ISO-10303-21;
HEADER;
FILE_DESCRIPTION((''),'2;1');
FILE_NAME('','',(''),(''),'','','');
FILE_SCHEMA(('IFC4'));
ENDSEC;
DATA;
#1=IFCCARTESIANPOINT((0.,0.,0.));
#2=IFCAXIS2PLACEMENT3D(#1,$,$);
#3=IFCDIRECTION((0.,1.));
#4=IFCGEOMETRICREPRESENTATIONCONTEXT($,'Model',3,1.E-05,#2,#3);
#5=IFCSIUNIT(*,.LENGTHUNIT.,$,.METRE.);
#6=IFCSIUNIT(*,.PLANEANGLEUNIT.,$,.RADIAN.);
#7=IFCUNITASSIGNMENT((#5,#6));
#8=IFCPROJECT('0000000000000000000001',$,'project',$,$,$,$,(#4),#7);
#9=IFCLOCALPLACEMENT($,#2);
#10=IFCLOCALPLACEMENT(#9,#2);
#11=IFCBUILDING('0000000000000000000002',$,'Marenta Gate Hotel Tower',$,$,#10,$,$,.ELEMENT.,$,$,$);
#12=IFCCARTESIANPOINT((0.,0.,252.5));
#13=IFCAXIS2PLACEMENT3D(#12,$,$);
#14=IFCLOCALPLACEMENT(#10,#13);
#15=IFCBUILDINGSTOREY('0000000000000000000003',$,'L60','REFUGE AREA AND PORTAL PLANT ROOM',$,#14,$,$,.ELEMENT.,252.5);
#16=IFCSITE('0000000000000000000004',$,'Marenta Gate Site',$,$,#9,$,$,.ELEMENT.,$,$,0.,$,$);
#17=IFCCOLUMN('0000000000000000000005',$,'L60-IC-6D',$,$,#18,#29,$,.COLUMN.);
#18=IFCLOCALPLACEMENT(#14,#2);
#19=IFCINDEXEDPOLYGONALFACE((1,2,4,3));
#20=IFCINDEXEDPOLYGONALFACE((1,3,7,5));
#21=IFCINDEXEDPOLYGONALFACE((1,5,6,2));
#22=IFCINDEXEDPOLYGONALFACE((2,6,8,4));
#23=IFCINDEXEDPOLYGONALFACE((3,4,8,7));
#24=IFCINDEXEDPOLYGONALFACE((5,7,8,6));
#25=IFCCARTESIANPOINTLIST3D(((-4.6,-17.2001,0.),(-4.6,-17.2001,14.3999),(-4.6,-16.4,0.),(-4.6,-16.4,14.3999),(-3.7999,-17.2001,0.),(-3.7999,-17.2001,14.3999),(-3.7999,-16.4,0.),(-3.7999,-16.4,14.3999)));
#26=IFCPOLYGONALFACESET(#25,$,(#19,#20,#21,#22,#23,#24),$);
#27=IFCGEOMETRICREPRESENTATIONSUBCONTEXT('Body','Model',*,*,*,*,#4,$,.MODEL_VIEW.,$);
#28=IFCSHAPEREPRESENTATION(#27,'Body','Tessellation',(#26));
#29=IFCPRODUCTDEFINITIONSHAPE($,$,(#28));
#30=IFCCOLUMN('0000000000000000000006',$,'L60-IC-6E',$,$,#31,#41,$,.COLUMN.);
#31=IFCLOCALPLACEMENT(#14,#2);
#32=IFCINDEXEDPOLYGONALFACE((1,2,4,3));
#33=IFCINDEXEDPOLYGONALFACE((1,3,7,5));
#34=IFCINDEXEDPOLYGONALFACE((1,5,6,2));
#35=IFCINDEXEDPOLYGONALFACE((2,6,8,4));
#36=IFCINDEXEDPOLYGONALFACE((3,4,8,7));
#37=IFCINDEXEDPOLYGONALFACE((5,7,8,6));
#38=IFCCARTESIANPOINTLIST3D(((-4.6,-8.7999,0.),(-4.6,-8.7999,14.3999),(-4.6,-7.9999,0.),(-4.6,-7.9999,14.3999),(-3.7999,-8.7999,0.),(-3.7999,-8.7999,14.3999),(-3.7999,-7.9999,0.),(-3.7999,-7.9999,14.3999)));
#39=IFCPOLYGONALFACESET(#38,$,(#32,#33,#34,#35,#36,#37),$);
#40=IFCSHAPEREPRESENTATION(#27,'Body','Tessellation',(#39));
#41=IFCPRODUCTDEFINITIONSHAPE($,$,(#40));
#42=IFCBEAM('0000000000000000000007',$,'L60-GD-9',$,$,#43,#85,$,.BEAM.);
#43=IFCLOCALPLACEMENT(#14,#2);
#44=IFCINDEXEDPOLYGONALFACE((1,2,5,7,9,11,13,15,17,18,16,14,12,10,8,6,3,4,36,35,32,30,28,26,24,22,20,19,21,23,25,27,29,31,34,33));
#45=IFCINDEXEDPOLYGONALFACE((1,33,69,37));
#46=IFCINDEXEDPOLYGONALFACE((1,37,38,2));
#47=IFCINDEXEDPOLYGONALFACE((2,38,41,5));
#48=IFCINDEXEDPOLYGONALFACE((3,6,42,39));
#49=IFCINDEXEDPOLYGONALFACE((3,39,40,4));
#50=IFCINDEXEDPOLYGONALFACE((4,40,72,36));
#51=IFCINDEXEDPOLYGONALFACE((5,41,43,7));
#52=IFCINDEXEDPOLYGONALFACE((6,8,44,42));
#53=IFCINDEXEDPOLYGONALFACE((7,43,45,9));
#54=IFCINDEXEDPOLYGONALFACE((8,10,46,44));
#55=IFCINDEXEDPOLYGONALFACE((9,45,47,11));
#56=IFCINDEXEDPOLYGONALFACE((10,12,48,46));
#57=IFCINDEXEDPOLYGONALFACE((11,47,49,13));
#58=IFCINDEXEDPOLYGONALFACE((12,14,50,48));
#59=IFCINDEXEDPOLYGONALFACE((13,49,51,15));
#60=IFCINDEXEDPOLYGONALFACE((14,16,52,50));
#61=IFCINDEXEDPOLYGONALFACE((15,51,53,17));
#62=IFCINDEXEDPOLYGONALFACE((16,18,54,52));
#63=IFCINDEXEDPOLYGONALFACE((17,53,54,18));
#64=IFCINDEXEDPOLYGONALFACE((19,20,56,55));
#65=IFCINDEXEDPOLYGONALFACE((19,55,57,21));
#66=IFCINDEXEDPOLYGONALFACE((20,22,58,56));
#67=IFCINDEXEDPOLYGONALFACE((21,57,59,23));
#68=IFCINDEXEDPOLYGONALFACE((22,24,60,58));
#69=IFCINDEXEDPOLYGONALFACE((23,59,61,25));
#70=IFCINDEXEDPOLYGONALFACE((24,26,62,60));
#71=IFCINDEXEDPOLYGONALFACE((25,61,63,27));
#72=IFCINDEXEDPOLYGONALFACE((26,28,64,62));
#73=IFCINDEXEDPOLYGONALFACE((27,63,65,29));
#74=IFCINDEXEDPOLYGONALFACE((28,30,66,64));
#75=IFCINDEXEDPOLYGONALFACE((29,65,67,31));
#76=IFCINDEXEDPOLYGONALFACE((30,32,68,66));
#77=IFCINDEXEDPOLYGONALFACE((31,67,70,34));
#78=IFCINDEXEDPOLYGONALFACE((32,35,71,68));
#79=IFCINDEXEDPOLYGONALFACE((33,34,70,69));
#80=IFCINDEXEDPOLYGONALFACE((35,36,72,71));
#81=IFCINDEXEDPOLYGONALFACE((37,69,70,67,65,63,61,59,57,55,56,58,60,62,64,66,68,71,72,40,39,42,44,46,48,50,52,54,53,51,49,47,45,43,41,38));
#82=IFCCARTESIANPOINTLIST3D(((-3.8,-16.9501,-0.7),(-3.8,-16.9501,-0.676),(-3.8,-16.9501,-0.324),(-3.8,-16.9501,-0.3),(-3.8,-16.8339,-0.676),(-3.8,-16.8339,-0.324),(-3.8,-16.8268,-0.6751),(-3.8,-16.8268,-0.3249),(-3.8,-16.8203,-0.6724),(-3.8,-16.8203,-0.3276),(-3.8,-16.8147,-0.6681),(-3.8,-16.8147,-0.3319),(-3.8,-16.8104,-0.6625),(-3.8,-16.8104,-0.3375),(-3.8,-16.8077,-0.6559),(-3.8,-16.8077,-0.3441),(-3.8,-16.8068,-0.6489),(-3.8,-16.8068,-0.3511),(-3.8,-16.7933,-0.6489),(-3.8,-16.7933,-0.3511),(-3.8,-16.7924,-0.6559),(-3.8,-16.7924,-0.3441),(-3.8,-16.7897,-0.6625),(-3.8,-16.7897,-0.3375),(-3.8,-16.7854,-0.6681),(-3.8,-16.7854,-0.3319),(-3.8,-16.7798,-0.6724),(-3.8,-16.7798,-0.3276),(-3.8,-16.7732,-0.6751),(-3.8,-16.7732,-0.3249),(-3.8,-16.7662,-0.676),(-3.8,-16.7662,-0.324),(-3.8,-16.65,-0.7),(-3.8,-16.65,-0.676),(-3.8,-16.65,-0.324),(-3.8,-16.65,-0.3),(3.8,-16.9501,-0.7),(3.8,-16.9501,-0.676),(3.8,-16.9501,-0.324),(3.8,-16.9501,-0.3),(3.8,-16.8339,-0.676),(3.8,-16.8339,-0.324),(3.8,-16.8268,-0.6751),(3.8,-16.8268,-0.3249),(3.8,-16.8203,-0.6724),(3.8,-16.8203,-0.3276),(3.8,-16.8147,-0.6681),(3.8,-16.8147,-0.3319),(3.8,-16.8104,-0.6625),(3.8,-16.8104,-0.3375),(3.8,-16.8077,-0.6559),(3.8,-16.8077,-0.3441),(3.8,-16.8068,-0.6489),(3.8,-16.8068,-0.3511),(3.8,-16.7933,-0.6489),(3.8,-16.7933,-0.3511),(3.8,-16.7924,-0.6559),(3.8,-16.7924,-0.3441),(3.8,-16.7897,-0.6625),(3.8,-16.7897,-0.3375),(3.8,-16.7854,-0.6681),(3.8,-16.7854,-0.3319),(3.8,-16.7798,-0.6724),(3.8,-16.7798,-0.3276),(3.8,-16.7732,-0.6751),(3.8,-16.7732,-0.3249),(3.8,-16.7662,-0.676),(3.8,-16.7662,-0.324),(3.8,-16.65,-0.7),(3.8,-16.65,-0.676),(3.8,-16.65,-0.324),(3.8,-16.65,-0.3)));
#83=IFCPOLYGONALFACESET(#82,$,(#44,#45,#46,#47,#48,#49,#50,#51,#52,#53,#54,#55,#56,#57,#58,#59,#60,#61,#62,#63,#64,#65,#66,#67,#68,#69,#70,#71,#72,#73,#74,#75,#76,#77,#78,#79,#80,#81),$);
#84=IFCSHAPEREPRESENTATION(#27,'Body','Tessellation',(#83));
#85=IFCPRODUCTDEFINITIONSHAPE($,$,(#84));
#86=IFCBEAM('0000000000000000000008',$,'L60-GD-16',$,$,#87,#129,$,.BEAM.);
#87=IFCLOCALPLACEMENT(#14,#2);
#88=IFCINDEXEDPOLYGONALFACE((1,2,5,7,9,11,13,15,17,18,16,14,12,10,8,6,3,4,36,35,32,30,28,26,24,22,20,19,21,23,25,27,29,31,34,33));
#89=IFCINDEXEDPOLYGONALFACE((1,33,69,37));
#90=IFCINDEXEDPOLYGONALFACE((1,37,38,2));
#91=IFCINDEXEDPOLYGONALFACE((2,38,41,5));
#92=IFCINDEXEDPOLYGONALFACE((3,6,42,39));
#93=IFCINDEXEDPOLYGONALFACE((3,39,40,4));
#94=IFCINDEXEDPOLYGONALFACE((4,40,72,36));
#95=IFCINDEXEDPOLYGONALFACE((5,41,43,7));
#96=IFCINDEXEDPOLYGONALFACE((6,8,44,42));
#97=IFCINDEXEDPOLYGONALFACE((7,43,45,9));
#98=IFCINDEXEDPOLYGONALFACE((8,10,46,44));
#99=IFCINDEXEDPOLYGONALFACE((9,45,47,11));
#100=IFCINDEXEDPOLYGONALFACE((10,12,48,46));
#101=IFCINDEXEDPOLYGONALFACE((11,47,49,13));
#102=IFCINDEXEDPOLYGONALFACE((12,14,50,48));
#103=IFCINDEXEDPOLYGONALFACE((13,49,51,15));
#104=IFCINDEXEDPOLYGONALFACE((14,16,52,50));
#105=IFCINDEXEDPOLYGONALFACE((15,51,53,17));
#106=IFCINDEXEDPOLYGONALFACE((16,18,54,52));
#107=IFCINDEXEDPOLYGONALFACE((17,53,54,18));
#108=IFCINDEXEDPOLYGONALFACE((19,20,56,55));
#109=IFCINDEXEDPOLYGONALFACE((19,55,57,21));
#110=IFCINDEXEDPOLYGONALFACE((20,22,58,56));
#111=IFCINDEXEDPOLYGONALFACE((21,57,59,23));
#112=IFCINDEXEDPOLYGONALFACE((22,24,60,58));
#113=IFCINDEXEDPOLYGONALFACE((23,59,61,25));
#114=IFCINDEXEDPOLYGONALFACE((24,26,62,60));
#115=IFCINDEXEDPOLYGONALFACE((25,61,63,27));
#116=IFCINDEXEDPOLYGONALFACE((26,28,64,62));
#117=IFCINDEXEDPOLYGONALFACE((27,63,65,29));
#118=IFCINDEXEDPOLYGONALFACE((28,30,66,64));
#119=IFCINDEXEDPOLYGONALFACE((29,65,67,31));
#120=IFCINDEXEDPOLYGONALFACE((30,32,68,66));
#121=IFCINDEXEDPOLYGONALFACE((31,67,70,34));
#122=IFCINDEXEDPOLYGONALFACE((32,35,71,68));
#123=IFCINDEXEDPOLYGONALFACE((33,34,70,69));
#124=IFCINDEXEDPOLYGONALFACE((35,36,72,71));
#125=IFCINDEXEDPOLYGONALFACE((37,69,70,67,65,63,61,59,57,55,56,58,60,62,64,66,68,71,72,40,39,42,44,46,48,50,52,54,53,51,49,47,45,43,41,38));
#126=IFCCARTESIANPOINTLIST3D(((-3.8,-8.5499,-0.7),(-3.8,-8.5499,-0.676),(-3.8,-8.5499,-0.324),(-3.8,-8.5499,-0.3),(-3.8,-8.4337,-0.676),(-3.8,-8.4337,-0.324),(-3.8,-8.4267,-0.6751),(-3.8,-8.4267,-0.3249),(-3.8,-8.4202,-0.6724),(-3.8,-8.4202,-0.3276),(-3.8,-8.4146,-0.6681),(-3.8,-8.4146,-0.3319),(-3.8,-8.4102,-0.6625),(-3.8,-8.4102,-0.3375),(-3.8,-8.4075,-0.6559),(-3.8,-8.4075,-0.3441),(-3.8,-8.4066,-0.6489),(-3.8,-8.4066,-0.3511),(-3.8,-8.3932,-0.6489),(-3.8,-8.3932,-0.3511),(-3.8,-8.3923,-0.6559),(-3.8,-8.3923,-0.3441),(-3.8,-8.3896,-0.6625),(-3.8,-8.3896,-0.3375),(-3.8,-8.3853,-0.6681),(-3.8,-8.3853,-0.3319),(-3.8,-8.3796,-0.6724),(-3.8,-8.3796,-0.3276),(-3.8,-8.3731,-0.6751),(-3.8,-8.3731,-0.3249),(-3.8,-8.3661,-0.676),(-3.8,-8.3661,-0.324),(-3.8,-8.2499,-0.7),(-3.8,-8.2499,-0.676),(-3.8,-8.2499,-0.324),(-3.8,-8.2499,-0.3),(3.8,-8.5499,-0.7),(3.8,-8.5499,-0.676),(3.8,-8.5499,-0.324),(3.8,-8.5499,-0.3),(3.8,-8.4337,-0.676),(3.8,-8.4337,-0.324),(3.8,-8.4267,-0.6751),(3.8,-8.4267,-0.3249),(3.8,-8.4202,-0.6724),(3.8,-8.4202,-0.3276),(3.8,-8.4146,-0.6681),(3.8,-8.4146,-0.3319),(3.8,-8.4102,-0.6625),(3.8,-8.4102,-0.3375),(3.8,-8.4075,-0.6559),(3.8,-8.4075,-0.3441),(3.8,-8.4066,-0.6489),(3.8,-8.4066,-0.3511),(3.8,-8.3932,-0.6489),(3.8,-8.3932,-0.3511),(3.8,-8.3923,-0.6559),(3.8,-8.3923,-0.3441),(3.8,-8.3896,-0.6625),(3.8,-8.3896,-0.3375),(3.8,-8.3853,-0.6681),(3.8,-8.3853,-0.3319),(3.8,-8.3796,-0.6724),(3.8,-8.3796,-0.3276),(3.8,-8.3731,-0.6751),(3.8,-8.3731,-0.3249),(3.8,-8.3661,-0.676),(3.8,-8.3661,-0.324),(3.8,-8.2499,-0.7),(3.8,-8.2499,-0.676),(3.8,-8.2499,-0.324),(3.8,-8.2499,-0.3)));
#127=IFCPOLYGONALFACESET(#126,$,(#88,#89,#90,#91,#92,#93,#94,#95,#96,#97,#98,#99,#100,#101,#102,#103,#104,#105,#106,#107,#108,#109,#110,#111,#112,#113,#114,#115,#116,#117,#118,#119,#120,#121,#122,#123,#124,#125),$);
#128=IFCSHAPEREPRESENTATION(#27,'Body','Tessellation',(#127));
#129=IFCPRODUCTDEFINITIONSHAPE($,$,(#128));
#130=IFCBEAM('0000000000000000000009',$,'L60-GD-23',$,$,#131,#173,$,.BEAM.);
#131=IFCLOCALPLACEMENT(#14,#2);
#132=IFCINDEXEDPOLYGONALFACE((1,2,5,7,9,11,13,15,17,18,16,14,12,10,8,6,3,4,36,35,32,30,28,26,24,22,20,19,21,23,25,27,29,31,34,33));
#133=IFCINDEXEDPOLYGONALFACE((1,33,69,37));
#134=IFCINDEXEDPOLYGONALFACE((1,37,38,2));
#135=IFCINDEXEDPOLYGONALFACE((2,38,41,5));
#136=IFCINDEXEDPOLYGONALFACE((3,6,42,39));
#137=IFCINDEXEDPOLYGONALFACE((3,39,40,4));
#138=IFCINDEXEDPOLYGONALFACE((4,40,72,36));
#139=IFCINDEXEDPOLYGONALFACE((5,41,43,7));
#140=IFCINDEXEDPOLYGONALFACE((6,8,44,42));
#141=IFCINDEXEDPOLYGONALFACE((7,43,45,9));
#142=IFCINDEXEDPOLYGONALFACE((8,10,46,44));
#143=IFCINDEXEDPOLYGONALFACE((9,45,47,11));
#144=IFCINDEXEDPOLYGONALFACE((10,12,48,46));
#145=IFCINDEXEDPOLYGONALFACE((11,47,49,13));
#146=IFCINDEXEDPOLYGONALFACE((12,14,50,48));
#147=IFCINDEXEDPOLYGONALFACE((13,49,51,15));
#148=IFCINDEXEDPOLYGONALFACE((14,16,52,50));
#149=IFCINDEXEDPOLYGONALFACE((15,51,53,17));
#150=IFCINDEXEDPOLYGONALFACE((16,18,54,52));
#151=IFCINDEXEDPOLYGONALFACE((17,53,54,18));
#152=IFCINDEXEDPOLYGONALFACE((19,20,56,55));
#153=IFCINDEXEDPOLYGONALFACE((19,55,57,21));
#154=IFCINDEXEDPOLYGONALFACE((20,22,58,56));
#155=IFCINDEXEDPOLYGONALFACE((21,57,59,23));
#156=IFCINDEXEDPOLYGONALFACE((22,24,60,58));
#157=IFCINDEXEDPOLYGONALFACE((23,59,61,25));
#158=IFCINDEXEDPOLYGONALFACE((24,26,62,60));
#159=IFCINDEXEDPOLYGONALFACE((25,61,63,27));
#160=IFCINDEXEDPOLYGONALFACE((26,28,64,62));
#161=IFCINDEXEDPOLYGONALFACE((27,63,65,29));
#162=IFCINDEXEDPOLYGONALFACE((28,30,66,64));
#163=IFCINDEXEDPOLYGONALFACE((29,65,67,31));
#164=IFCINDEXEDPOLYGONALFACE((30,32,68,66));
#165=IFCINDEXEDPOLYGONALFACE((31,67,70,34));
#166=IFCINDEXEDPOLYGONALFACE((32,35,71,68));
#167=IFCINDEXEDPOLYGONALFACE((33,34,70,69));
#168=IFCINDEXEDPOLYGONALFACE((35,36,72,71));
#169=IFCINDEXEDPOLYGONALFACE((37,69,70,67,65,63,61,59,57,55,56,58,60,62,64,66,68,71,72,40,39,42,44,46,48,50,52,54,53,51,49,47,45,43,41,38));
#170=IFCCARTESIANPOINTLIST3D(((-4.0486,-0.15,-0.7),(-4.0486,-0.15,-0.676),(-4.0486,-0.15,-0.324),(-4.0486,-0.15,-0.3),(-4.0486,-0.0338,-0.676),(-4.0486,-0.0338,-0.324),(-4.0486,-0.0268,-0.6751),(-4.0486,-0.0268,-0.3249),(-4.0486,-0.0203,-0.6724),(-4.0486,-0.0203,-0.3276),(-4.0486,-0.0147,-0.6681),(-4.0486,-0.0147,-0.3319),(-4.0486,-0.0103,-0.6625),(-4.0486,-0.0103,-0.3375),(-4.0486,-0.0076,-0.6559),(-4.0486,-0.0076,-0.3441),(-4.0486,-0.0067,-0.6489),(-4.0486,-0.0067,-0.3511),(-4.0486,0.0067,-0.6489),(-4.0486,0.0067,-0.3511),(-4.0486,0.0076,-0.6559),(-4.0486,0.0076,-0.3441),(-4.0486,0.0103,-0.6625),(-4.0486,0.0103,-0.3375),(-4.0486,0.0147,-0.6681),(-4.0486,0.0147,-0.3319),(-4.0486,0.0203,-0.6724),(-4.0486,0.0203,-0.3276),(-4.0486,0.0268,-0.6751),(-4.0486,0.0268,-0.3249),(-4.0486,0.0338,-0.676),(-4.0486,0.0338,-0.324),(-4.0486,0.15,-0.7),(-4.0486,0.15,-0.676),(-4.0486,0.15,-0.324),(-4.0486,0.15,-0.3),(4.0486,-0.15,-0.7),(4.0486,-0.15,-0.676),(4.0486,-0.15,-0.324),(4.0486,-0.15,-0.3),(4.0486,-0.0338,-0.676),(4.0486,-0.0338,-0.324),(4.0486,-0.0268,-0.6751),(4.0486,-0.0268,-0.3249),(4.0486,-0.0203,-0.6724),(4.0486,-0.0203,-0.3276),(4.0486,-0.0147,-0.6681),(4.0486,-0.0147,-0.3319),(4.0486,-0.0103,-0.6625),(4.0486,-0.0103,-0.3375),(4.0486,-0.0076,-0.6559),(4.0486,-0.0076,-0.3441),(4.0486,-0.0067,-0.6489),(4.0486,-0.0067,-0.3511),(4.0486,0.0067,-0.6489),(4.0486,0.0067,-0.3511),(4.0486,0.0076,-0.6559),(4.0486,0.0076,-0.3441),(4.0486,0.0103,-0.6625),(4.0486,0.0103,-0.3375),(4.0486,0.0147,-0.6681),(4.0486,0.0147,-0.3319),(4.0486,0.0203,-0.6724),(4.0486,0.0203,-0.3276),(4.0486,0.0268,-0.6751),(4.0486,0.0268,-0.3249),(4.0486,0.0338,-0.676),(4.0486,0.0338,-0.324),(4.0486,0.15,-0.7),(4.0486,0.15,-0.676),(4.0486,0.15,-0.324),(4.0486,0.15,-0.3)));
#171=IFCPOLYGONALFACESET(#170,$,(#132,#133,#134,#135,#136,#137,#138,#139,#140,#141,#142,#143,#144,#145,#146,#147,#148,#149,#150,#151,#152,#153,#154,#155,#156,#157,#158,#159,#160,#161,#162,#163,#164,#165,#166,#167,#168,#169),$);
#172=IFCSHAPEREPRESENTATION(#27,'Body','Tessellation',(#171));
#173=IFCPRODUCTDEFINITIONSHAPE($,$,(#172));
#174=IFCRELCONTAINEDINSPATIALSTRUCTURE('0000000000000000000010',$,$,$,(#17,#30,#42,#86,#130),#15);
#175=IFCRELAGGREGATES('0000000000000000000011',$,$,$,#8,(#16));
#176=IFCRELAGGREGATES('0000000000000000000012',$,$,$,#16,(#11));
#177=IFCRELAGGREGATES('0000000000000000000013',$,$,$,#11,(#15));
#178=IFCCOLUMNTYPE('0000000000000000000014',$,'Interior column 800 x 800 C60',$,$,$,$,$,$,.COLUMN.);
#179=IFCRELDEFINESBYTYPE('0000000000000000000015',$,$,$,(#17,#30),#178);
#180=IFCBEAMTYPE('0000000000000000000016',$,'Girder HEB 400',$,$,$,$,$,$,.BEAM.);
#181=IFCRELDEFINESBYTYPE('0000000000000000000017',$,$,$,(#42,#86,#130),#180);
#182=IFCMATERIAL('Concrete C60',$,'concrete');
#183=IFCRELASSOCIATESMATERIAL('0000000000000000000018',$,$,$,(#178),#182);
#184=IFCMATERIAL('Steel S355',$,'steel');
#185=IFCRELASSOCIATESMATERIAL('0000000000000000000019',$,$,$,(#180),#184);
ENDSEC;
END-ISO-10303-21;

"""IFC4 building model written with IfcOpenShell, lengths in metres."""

from ifc_helpers import new_model, si_unit, direction, frame, origin, origin_2d, place, context, subcontext, project, spatial, rectangle, i_section, extrude, material, material_profile, profile_set, type_object, element, save


model = new_model("IFC4")

# Units and contexts
model_context = context("Model", 3, precision=1e-05, world=origin(), true_north=direction((0.0, 1.0)))
body_context = subcontext(model_context, "Body", "Model", "MODEL_VIEW")
ifc_project = project(units=[si_unit("LENGTHUNIT", "METRE"), si_unit("PLANEANGLEUNIT", "RADIAN")], contexts=[model_context])

# Site, building, storey
site_placement = place(None, origin())
site = spatial("IfcSite", under=ifc_project, at=site_placement, Name="Marenta Gate Site", CompositionType="ELEMENT", RefElevation=0.0)
building_placement = place(site_placement, origin())
building = spatial("IfcBuilding", under=site, at=building_placement, Name="Marenta Gate Hotel Tower", CompositionType="ELEMENT")
storey_placement = place(building_placement, frame((0.0, 0.0, 252.5)))
storey = spatial("IfcBuildingStorey", under=building, at=storey_placement, Name="L60", Description="REFUGE AREA AND PORTAL PLANT ROOM", CompositionType="ELEMENT", Elevation=252.5)

# Columns
ifc_material_1 = material(Name="Concrete C60", Category="concrete")
ifc_material_profile_1 = material_profile(ifc_material_1, rectangle(XDim=0.8, YDim=0.8, at=origin_2d()), Name="800 x 800")
ifc_profile_set_1 = profile_set([ifc_material_profile_1], Name="Concrete C60")
column_type = type_object("IfcColumnType", Name="Interior column 800 x 800 C60", PredefinedType="COLUMN", material=ifc_profile_set_1)
for number, where, z_axis, x_axis, name in (
    (1, (-4.2, -16.8, 0.0), (0.0, 0.0, 1.0), (1.0, 0.0, 0.0), "L60-IC-6D"),
    (2, (-4.2, -8.3999, 0.0), (0.0, 0.0, 1.0), (1.0, 0.0, 0.0), "L60-IC-6E"),
):
    element("IfcColumn", number, at=place(storey_placement, frame(where, z_axis=z_axis, x_axis=x_axis)), inside=storey, type_object=column_type, Name=name, PredefinedType="COLUMN", context=body_context, shape_type="SweptSolid", body=[
        extrude(rectangle(XDim=0.8, YDim=0.8, at=origin_2d()), origin(), (0.0, 0.0, 1.0), 14.3999),
    ])

# Beams
ifc_material_2 = material(Name="Steel S355", Category="steel")
ifc_material_profile_2 = material_profile(ifc_material_2, i_section(OverallWidth=0.3, OverallDepth=0.3999, WebThickness=0.0134, FlangeThickness=0.0239, FilletRadius=0.0271, at=origin_2d()), Name="HEB 400")
ifc_profile_set_2 = profile_set([ifc_material_profile_2], Name="Steel S355")
beam_type_1 = type_object("IfcBeamType", Name="Girder HEB 400", PredefinedType="BEAM", material=ifc_profile_set_2)
for number, where, z_axis, x_axis, name in (
    (3, (-3.8, -16.8, -0.5), (1.0, 0.0, 0.0), (0.0, 1.0, 0.0), "L60-GD-9"),
    (4, (-3.8, -8.3999, -0.5), (1.0, 0.0, 0.0), (0.0, 1.0, 0.0), "L60-GD-16"),
):
    element("IfcBeam", number, at=place(storey_placement, frame(where, z_axis=z_axis, x_axis=x_axis)), inside=storey, type_object=beam_type_1, Name=name, PredefinedType="BEAM", context=body_context, shape_type="SweptSolid", body=[
        extrude(i_section(OverallWidth=0.3, OverallDepth=0.3999, WebThickness=0.0134, FlangeThickness=0.0239, FilletRadius=0.0271, at=origin_2d()), origin(), (0.0, 0.0, 1.0), 7.6001),
    ])
beam_1_placement = place(storey_placement, frame((-4.0486, 0.0, -0.5), z_axis=(1.0, 0.0, 0.0), x_axis=(0.0, 1.0, 0.0)))
element("IfcBeam", 5, at=beam_1_placement, inside=storey, type_object=beam_type_1, Name="L60-GD-23", PredefinedType="BEAM", context=body_context, shape_type="SweptSolid", body=[
    extrude(i_section(OverallWidth=0.3, OverallDepth=0.3999, WebThickness=0.0134, FlangeThickness=0.0239, FilletRadius=0.0271, at=origin_2d()), origin(), (0.0, 0.0, 1.0), 8.0972),
])

save(model, "model.ifc")
